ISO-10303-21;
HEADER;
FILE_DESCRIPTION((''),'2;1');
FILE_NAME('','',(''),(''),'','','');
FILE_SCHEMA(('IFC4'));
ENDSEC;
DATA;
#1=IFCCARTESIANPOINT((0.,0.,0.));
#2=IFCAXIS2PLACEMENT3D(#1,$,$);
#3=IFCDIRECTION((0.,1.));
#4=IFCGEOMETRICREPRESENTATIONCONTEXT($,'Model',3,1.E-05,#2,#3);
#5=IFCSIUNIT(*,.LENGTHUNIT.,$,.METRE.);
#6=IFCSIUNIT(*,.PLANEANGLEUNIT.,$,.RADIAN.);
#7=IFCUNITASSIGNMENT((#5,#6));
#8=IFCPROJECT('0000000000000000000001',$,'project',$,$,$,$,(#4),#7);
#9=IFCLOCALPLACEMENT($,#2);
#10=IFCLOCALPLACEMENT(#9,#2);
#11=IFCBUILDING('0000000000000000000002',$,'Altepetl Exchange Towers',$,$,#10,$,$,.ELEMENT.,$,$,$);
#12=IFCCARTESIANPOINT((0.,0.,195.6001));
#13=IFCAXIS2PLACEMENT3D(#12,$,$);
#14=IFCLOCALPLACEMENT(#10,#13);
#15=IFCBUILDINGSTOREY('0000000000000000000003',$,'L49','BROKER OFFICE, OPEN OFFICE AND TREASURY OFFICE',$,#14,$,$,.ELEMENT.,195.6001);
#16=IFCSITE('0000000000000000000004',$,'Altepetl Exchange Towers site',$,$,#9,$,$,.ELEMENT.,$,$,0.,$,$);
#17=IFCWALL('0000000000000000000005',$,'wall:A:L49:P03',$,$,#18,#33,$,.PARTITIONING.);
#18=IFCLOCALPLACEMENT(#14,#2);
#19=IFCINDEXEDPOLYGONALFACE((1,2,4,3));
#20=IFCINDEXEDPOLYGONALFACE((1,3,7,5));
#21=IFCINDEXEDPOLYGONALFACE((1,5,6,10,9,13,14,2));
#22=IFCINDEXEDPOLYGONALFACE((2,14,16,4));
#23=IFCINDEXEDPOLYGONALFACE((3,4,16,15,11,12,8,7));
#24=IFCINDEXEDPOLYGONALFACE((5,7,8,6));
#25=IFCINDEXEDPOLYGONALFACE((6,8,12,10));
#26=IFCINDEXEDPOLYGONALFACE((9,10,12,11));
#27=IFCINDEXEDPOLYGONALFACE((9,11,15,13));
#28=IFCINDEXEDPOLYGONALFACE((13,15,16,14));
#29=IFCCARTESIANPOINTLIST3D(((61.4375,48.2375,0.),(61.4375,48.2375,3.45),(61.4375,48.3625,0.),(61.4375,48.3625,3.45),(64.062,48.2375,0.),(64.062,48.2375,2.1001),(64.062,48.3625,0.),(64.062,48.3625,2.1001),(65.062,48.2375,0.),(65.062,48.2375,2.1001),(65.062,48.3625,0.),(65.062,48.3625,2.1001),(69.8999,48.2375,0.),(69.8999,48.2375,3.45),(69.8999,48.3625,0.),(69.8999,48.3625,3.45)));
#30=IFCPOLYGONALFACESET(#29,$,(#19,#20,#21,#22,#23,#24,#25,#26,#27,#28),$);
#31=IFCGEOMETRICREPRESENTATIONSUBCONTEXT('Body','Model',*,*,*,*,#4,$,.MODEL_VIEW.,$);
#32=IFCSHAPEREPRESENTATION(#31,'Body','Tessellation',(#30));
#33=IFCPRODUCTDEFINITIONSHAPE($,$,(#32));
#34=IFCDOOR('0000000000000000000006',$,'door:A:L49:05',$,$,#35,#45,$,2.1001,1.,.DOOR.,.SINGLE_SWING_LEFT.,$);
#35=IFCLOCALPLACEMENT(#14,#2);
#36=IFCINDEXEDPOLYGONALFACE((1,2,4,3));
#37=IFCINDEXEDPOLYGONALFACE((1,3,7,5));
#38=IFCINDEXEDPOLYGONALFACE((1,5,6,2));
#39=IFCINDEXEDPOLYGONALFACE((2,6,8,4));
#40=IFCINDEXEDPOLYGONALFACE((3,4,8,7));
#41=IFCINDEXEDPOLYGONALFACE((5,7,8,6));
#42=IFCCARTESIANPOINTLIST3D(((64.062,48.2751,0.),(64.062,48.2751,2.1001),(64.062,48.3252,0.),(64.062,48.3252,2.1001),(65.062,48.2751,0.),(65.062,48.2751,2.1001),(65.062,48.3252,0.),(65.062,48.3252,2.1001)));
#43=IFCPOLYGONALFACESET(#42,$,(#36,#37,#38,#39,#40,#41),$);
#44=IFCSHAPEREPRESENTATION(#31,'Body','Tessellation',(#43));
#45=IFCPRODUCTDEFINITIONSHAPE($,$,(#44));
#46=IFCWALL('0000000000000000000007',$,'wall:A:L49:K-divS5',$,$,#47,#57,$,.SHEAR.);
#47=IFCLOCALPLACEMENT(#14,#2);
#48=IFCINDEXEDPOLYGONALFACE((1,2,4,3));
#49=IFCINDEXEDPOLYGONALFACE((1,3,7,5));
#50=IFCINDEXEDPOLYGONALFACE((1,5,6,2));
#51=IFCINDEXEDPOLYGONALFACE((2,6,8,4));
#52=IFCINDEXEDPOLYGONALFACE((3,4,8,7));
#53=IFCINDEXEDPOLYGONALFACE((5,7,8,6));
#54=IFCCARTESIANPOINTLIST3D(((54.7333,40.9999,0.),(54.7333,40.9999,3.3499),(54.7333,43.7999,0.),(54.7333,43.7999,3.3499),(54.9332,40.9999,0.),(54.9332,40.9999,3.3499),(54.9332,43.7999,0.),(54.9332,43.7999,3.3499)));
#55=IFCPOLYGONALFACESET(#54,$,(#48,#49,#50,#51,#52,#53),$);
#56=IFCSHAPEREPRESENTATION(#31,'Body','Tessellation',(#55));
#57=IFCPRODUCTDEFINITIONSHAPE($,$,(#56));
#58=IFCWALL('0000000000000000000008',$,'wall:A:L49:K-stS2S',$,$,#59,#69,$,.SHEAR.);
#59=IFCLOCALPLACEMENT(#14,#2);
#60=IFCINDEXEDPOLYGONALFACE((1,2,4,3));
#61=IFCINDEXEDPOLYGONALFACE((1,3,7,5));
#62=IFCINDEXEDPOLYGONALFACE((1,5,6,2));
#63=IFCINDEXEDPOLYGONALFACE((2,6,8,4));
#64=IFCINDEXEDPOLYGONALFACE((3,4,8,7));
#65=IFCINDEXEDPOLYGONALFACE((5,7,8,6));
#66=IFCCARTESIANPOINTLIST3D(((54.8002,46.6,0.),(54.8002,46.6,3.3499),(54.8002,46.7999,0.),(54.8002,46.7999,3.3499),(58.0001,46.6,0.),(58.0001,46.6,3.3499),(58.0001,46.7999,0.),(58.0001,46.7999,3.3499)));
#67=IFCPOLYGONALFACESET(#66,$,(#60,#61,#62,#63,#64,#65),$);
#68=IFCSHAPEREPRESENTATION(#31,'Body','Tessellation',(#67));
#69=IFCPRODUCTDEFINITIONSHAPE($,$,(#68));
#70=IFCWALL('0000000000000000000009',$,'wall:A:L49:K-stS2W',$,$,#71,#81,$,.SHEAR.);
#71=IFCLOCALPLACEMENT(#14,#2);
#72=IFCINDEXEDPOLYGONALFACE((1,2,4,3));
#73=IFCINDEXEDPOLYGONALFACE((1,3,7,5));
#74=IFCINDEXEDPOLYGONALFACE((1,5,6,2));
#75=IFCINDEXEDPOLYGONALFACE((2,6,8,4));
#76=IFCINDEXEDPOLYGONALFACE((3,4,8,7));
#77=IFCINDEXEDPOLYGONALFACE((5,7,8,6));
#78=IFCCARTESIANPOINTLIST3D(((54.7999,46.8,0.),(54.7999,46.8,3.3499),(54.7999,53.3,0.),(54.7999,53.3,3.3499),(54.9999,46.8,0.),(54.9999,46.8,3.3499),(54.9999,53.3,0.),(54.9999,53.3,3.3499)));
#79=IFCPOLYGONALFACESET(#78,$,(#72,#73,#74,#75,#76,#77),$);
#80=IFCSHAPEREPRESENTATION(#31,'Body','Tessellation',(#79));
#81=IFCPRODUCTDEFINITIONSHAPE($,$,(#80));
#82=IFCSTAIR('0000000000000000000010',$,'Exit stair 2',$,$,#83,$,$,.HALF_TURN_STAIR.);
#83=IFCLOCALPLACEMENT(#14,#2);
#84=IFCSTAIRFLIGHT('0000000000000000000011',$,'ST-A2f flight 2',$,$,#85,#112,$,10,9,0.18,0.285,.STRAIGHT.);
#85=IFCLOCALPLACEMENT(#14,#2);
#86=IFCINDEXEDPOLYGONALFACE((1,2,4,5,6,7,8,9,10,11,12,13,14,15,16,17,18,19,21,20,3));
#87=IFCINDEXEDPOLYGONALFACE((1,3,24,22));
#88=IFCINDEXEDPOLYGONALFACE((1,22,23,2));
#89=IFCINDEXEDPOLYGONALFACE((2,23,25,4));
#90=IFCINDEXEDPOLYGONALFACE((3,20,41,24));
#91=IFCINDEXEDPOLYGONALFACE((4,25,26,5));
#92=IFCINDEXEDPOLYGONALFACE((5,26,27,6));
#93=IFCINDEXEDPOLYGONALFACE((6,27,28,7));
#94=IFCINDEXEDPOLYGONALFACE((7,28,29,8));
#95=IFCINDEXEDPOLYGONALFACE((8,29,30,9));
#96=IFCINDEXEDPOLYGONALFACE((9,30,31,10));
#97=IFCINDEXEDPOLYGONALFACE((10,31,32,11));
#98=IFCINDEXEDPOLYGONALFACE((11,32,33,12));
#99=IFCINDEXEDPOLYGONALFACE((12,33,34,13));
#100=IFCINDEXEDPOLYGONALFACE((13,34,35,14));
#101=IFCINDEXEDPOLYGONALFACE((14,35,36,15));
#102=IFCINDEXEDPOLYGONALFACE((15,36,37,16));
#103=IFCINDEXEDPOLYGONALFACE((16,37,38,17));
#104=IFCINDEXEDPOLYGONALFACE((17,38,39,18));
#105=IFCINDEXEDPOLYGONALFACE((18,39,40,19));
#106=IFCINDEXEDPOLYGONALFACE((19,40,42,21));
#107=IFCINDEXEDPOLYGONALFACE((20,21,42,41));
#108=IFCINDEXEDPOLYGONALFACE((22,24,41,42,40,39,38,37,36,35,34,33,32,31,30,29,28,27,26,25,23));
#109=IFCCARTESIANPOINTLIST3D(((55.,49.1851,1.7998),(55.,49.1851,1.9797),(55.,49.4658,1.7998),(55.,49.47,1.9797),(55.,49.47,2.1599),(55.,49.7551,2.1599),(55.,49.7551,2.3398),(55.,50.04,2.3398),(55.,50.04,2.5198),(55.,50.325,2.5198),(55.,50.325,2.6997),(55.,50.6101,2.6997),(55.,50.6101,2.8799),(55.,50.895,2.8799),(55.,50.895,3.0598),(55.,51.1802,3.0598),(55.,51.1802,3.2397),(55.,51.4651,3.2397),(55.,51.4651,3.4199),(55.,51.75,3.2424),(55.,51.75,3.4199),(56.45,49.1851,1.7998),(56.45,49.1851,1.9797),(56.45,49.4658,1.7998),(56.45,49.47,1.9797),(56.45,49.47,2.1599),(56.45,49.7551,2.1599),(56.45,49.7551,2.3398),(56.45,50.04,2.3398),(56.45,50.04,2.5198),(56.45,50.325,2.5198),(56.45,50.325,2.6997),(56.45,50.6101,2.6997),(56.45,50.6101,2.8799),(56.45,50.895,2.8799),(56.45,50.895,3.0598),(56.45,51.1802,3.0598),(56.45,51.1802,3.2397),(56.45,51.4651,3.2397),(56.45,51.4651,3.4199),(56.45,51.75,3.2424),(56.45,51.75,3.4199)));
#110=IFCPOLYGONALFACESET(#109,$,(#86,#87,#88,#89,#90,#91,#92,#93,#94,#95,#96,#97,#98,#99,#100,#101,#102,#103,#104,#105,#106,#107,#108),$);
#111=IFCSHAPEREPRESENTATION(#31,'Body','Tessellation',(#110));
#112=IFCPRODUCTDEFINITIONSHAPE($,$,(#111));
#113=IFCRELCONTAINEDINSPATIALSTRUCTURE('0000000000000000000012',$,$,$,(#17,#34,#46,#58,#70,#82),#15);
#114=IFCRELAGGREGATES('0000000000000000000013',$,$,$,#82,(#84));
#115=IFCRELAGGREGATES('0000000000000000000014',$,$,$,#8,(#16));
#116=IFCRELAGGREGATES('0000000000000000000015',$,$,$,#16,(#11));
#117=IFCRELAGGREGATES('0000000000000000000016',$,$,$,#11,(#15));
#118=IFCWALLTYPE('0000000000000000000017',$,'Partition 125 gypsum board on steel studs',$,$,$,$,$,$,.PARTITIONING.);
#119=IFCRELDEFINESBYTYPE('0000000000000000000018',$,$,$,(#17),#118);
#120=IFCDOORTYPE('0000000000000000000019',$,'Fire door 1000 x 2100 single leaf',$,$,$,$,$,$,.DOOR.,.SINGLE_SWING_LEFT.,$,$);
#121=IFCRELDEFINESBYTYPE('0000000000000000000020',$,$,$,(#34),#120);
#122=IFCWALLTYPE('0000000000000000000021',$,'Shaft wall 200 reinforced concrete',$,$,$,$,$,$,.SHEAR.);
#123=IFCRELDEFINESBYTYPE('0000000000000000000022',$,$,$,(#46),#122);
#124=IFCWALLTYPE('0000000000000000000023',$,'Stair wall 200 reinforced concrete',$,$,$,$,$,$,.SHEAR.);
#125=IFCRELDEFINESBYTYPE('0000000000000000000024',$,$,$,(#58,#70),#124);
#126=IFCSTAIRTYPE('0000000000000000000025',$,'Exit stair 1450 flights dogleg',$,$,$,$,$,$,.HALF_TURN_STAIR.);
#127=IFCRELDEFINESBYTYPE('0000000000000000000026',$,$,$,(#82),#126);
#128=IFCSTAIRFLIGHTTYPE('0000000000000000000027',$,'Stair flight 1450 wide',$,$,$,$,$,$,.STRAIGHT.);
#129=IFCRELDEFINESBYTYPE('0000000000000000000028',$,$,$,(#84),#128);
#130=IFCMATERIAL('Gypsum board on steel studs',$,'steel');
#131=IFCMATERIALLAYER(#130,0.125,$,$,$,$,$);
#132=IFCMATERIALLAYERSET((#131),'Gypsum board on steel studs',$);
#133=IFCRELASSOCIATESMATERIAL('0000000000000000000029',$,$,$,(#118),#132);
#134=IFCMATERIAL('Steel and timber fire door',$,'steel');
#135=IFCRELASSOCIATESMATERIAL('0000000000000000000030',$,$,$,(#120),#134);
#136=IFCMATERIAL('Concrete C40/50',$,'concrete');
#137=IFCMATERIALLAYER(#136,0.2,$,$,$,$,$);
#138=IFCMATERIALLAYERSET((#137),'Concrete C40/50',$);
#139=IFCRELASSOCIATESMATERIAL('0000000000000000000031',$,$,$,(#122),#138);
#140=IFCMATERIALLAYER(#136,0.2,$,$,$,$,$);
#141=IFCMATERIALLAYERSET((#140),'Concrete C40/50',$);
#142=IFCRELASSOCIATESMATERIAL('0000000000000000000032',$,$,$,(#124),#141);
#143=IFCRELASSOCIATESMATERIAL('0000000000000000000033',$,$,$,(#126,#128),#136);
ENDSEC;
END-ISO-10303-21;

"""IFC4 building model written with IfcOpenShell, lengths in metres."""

from ifc_helpers import new_model, si_unit, direction, frame, frame_2d, origin, place, context, subcontext, project, spatial, polyline, rectangle, outline, extrude, material, layer, layer_set, type_object, element, fill, aggregate, save


model = new_model("IFC4")

# Units and contexts
model_context = context("Model", 3, precision=1e-05, world=origin(), true_north=direction((0.0, 1.0)))
body_context = subcontext(model_context, "Body", "Model", "MODEL_VIEW")
ifc_project = project(units=[si_unit("LENGTHUNIT", "METRE"), si_unit("PLANEANGLEUNIT", "RADIAN")], contexts=[model_context])

# Site, building, storey
site_placement = place(None, origin())
site = spatial("IfcSite", under=ifc_project, at=site_placement, Name="Altepetl Exchange Towers site", CompositionType="ELEMENT", RefElevation=0.0)
building_placement = place(site_placement, origin())
building = spatial("IfcBuilding", under=site, at=building_placement, Name="Altepetl Exchange Towers", CompositionType="ELEMENT")
storey_placement = place(building_placement, frame((0.0, 0.0, 195.6001)))
storey = spatial("IfcBuildingStorey", under=building, at=storey_placement, Name="L49", Description="BROKER OFFICE, OPEN OFFICE AND TREASURY OFFICE", CompositionType="ELEMENT", Elevation=195.6001)

# Shared definitions
ifc_material_1 = material(Name="Steel and timber fire door", Category="steel")

# Shared definitions
ifc_material_2 = material(Name="Gypsum board on steel studs", Category="steel")
ifc_layer_1 = layer(ifc_material_2, 0.125)
ifc_layer_set_1 = layer_set([ifc_layer_1], Name="Gypsum board on steel studs")
wall_type_1 = type_object("IfcWallType", Name="Partition 125 gypsum board on steel studs", PredefinedType="PARTITIONING", material=ifc_layer_set_1)

# Wall, opening, door
wall_1_placement = place(storey_placement, frame((61.4375, 48.3, 0.0)))
wall_1 = element("IfcWall", 1, at=wall_1_placement, inside=storey, type_object=wall_type_1, Name="wall:A:L49:P03", PredefinedType="PARTITIONING", context=body_context, shape_type="SweptSolid", body=[
    extrude(rectangle(XDim=8.4624, YDim=0.125, at=frame_2d((4.2312, 0.0))), origin(), (0.0, 0.0, 1.0), 3.45),
])
opening_1_placement = place(wall_1_placement, frame((2.6245, 0.0, 0.0)))
opening_1 = element("IfcOpeningElement", 2, at=opening_1_placement, cuts=wall_1, PredefinedType="OPENING", context=body_context, shape_type="SweptSolid", body=[
    extrude(rectangle(XDim=1.0, YDim=2.1001, at=frame_2d((0.5, 1.05))), frame((0.0, 0.0725, 0.0), z_axis=(0.0, -1.0, 0.0), x_axis=(1.0, 0.0, 0.0)), (0.0, 0.0, 1.0), 0.145),
])
door_type_1 = type_object("IfcDoorType", Name="Fire door 1000 x 2100 single leaf", OperationType="SINGLE_SWING_LEFT", PredefinedType="DOOR", material=ifc_material_1)
door_1_placement = place(opening_1_placement, frame((1.0, 0.0, 0.0), x_axis=(-1.0, 0.0, 0.0)))
door_1 = element("IfcDoor", 3, at=door_1_placement, inside=storey, type_object=door_type_1, Name="door:A:L49:05", OperationType="SINGLE_SWING_LEFT", OverallHeight=2.1001, OverallWidth=1.0, PredefinedType="DOOR", context=body_context, shape_type="SweptSolid", body=[
    extrude(rectangle(XDim=1.0, YDim=2.1001, at=frame_2d((0.5, 1.05))), frame((0.0, 0.0249, 0.0), z_axis=(0.0, -1.0, 0.0), x_axis=(1.0, 0.0, 0.0)), (0.0, 0.0, 1.0), 0.05),
])
fill(opening_1, door_1)

# Walls
ifc_material_3 = material(Name="Concrete C40/50", Category="concrete")
ifc_layer_2 = layer(ifc_material_3, 0.2)
ifc_layer_set_2 = layer_set([ifc_layer_2], Name="Concrete C40/50")
wall_type_2 = type_object("IfcWallType", Name="Shaft wall 200 reinforced concrete", PredefinedType="SHEAR", material=ifc_layer_set_2)
wall_2_placement = place(storey_placement, frame((54.8333, 41.0, 0.0), z_axis=(0.0, 0.0, 1.0), x_axis=(0.0, 1.0, 0.0)))
element("IfcWall", 4, at=wall_2_placement, inside=storey, type_object=wall_type_2, Name="wall:A:L49:K-divS5", PredefinedType="SHEAR", context=body_context, shape_type="SweptSolid", body=[
    extrude(rectangle(XDim=2.8, YDim=0.2, at=frame_2d((1.3999, 0.0))), origin(), (0.0, 0.0, 1.0), 3.3499),
])
ifc_layer_3 = layer(ifc_material_3, 0.2)
ifc_layer_set_3 = layer_set([ifc_layer_3], Name="Concrete C40/50")
wall_type_3 = type_object("IfcWallType", Name="Stair wall 200 reinforced concrete", PredefinedType="SHEAR", material=ifc_layer_set_3)
wall_3_placement = place(storey_placement, frame((54.8, 46.7, 0.0)))
element("IfcWall", 5, at=wall_3_placement, inside=storey, type_object=wall_type_3, Name="wall:A:L49:K-stS2S", PredefinedType="SHEAR", context=body_context, shape_type="SweptSolid", body=[
    extrude(rectangle(XDim=3.2, YDim=0.2, at=frame_2d((1.6001, 0.0))), origin(), (0.0, 0.0, 1.0), 3.3499),
])
wall_4_placement = place(storey_placement, frame((54.8999, 46.8, 0.0), z_axis=(0.0, 0.0, 1.0), x_axis=(0.0, 1.0, 0.0)))
element("IfcWall", 6, at=wall_4_placement, inside=storey, type_object=wall_type_3, Name="wall:A:L49:K-stS2W", PredefinedType="SHEAR", context=body_context, shape_type="SweptSolid", body=[
    extrude(rectangle(XDim=6.5, YDim=0.2, at=frame_2d((3.25, 0.0))), origin(), (0.0, 0.0, 1.0), 3.3499),
])

# Stair, stair flight
stair_type = type_object("IfcStairType", Name="Exit stair 1450 flights dogleg", PredefinedType="HALF_TURN_STAIR", material=ifc_material_3)
stair_placement = place(storey_placement, origin())
stair = element("IfcStair", 7, at=stair_placement, inside=storey, type_object=stair_type, Name="Exit stair 2", PredefinedType="HALF_TURN_STAIR")
stair_flight_type = type_object("IfcStairFlightType", Name="Stair flight 1450 wide", PredefinedType="STRAIGHT", material=ifc_material_3)
stair_flight_placement = place(storey_placement, frame((55.7251, 49.1851, 1.7998), z_axis=(0.0, 0.0, 1.0), x_axis=(0.0, 1.0, 0.0)))
stair_flight = element("IfcStairFlight", 8, at=stair_flight_placement, type_object=stair_flight_type, Name="ST-A2f flight 2", NumberOfRisers=10, NumberOfTreads=9, PredefinedType="STRAIGHT", RiserHeight=0.18, TreadLength=0.285, context=body_context, shape_type="SweptSolid", body=[
    extrude(outline(polyline([(0.0, 0.0), (0.0, 0.1799), (0.2849, 0.1799), (0.2849, 0.3601), (0.5701, 0.3601), (0.5701, 0.54), (0.855, 0.54), (0.855, 0.72), (1.1399, 0.72), (1.1399, 0.8999), (1.425, 0.8999), (1.425, 1.0801), (1.71, 1.0801), (1.71, 1.26), (1.9951, 1.26), (1.9951, 1.4399), (2.28, 1.4399), (2.28, 1.6201), (2.5649, 1.6201), (2.5649, 1.8), (2.5649, 1.4426), (0.2808, 0.0), (0.0, 0.0)])), frame((0.0, 0.7251, 0.0), z_axis=(0.0, -1.0, 0.0), x_axis=(1.0, 0.0, 0.0)), (0.0, 0.0, 1.0), 1.45),
])
aggregate(stair, [stair_flight])

save(model, "model.ifc")
